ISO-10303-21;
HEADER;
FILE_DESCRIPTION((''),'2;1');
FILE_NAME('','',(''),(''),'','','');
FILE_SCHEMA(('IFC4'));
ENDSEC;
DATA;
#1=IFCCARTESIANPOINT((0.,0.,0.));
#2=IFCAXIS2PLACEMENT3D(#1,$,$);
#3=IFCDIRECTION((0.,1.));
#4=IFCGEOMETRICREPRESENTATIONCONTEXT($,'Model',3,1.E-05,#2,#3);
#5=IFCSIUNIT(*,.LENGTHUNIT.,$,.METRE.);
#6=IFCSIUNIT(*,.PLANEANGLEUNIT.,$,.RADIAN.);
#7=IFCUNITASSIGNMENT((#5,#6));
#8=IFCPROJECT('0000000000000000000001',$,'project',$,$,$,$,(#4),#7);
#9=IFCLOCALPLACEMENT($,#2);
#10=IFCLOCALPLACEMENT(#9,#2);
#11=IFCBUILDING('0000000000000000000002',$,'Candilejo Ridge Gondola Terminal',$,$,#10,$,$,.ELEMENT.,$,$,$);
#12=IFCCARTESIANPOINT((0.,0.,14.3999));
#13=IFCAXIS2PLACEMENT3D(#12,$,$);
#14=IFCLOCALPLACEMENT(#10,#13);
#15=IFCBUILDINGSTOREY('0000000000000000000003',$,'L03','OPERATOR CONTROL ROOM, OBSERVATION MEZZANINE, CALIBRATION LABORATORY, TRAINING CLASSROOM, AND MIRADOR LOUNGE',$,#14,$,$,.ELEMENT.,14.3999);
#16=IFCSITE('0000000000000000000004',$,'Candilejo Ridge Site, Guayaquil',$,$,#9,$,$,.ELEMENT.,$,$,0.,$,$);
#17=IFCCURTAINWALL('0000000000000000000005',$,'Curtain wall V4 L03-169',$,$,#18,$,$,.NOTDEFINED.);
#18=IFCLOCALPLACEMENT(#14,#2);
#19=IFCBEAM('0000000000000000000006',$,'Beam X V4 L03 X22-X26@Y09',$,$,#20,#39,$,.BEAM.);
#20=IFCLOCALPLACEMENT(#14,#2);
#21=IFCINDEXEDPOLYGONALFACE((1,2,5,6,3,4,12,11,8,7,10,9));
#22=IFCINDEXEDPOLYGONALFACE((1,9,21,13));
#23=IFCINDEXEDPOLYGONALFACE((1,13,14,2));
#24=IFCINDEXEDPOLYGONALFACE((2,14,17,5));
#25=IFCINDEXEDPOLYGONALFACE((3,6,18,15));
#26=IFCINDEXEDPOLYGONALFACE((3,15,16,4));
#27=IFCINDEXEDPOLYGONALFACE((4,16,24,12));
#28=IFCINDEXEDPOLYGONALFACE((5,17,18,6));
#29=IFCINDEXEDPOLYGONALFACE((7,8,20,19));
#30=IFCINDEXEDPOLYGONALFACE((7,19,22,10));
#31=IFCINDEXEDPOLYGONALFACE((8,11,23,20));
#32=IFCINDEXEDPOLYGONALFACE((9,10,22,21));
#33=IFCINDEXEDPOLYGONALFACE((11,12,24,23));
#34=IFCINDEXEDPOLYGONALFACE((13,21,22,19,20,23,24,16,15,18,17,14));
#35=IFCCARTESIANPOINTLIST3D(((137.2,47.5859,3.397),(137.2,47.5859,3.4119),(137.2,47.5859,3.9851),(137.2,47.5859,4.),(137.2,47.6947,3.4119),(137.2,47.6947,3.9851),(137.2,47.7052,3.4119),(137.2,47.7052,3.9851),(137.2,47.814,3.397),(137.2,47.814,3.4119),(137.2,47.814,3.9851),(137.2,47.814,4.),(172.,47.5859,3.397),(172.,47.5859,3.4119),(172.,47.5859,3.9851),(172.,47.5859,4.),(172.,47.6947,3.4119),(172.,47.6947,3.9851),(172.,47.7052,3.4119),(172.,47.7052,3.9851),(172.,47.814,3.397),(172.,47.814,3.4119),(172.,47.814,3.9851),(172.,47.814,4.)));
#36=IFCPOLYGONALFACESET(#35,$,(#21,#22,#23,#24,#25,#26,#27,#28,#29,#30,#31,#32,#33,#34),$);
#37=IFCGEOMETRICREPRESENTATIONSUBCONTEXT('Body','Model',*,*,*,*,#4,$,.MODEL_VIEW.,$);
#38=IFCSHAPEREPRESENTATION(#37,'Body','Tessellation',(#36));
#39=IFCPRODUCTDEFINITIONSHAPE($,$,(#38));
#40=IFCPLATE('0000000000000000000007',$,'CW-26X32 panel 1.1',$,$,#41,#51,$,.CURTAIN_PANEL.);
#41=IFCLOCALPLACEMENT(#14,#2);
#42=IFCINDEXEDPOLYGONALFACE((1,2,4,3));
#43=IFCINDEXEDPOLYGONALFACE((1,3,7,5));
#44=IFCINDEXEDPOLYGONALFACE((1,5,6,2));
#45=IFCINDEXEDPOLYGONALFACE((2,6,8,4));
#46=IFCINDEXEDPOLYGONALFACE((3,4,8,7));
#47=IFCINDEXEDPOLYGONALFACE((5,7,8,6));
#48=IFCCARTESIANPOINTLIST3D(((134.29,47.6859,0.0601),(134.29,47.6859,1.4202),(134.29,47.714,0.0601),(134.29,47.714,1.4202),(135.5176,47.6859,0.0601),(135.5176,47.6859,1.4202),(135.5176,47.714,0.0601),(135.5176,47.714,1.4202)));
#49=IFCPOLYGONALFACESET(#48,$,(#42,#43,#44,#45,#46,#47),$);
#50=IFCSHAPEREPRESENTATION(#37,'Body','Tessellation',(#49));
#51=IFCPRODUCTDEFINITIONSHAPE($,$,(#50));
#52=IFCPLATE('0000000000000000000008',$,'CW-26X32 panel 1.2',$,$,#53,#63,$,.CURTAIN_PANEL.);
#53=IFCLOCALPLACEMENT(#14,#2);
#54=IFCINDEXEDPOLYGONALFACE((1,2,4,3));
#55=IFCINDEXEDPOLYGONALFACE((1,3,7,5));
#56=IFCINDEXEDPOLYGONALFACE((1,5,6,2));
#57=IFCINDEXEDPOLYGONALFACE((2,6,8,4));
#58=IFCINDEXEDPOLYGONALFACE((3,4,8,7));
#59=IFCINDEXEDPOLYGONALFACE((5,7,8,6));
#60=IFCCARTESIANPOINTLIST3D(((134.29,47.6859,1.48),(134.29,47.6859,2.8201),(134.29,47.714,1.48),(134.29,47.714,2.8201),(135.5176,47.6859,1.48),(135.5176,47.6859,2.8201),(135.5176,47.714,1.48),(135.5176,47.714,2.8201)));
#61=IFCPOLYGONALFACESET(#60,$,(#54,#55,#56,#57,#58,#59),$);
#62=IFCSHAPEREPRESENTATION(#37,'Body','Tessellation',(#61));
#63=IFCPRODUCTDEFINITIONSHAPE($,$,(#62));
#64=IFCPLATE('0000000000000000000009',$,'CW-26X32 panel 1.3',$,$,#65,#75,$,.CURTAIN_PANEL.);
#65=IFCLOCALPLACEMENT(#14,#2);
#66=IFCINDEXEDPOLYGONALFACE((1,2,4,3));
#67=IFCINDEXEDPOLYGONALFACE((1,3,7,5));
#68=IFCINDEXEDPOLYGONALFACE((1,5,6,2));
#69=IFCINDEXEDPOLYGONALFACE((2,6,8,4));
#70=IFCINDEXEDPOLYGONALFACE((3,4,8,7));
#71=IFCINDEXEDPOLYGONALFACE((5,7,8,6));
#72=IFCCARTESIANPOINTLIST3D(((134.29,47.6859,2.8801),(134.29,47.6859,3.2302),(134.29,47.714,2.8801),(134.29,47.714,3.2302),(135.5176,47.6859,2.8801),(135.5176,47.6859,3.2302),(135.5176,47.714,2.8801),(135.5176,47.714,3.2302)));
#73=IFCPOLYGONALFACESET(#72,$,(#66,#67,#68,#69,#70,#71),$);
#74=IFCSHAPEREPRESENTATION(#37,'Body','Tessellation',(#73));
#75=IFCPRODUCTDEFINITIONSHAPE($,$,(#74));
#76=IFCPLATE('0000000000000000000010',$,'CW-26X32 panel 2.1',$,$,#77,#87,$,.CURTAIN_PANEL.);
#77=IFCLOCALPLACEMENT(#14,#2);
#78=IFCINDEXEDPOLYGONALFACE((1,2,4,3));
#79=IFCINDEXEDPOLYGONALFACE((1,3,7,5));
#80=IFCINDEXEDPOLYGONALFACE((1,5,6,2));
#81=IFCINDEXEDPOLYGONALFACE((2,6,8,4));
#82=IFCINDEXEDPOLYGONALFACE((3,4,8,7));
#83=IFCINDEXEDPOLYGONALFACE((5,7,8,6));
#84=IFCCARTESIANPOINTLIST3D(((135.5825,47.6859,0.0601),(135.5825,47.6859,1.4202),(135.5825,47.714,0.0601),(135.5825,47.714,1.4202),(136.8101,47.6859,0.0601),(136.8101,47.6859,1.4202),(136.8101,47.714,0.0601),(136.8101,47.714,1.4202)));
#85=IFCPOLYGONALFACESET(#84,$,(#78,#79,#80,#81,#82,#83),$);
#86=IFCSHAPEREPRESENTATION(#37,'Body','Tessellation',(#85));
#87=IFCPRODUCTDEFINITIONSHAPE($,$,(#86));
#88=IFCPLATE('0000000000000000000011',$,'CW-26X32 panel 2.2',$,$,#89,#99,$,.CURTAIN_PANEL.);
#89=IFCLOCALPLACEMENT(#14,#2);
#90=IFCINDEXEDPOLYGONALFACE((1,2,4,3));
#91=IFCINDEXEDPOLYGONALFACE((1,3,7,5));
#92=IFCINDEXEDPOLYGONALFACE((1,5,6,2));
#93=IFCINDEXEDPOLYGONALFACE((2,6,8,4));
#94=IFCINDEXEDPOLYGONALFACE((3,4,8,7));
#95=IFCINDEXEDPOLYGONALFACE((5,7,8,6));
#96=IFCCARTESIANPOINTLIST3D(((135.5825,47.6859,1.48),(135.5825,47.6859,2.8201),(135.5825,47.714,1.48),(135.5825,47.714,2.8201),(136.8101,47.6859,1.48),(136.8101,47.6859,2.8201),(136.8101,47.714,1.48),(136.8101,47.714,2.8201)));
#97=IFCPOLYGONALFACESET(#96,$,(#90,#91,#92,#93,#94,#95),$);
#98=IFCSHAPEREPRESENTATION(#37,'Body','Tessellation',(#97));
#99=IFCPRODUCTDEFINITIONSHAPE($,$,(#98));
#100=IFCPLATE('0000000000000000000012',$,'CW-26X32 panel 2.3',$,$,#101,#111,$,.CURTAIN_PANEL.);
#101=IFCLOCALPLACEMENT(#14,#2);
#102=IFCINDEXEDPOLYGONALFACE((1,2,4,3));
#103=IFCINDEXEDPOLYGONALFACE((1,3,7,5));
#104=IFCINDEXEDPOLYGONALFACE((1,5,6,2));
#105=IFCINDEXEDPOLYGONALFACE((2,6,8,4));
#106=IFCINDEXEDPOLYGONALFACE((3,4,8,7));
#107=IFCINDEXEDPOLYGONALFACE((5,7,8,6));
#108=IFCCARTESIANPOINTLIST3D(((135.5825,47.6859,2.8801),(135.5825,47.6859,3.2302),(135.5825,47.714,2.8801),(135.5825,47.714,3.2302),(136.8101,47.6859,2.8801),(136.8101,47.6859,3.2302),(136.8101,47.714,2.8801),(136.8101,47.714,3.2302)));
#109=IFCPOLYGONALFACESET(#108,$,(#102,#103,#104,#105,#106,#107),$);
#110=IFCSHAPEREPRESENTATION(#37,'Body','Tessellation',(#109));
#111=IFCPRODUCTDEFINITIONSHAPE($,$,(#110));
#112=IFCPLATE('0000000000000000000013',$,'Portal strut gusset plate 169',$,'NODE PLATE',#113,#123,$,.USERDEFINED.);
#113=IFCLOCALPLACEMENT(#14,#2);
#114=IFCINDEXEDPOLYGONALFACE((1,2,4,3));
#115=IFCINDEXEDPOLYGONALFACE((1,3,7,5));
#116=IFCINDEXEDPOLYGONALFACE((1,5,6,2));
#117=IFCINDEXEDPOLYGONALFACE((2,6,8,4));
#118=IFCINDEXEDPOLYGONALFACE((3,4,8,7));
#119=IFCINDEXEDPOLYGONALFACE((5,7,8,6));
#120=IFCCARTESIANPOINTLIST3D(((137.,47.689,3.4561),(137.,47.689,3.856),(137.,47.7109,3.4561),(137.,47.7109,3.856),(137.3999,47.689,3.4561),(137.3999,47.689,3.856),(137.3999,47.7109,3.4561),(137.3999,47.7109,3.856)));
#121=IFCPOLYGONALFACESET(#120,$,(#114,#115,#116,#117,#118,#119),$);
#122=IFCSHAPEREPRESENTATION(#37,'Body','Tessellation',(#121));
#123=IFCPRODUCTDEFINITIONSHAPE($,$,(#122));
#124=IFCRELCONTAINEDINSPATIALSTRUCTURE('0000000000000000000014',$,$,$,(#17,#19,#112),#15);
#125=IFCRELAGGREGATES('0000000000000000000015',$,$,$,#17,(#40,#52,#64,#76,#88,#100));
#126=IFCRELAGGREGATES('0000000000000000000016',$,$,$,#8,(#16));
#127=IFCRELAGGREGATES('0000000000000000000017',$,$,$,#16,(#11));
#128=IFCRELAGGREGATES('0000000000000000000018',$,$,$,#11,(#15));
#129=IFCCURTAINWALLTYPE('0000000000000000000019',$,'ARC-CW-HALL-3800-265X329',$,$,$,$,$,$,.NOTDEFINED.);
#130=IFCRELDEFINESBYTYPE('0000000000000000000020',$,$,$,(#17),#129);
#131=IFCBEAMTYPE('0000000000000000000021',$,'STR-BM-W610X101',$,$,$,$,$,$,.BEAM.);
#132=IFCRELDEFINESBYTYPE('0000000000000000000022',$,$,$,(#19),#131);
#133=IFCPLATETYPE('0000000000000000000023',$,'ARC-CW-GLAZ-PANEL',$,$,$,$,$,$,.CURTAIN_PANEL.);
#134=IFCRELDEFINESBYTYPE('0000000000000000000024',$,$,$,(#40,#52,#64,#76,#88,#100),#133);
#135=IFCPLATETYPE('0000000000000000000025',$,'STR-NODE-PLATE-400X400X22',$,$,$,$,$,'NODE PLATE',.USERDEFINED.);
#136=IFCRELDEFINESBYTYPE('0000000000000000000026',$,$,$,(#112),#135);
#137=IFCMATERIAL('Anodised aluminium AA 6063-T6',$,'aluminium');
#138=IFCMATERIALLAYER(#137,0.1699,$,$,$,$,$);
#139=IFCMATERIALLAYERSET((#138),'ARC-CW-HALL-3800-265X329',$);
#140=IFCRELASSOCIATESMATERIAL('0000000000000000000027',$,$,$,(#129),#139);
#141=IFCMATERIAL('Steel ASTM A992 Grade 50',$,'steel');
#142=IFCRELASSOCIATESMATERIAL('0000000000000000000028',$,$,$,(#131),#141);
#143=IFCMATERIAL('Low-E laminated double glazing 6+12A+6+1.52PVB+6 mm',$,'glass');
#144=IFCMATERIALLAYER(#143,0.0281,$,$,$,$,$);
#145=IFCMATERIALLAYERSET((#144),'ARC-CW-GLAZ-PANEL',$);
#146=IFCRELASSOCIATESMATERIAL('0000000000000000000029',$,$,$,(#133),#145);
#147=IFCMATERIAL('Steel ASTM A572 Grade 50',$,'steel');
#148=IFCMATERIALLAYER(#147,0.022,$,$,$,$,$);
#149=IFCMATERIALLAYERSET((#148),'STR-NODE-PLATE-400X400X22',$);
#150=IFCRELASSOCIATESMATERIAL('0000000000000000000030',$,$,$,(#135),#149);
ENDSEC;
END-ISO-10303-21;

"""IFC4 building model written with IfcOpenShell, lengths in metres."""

from ifc_helpers import new_model, si_unit, direction, frame, origin, origin_2d, place, context, subcontext, project, spatial, rectangle, i_section, extrude, material, layer, layer_set, material_profile, profile_set, type_object, element, aggregate, save


model = new_model("IFC4")

# Units and contexts
model_context = context("Model", 3, precision=1e-05, world=origin(), true_north=direction((0.0, 1.0)))
body_context = subcontext(model_context, "Body", "Model", "MODEL_VIEW")
ifc_project = project(units=[si_unit("LENGTHUNIT", "METRE"), si_unit("PLANEANGLEUNIT", "RADIAN")], contexts=[model_context])

# Site, building, storey
site_placement = place(None, origin())
site = spatial("IfcSite", under=ifc_project, at=site_placement, Name="Candilejo Ridge Site, Guayaquil", CompositionType="ELEMENT", RefElevation=0.0)
building_placement = place(site_placement, origin())
building = spatial("IfcBuilding", under=site, at=building_placement, Name="Candilejo Ridge Gondola Terminal", CompositionType="ELEMENT")
storey_placement = place(building_placement, frame((0.0, 0.0, 14.3999)))
storey = spatial("IfcBuildingStorey", under=building, at=storey_placement, Name="L03", Description="OPERATOR CONTROL ROOM, OBSERVATION MEZZANINE, CALIBRATION LABORATORY, TRAINING CLASSROOM, AND MIRADOR LOUNGE", CompositionType="ELEMENT", Elevation=14.3999)

# Curtain wall
ifc_material_1 = material(Name="Anodised aluminium AA 6063-T6", Category="aluminium")
ifc_layer_1 = layer(ifc_material_1, 0.1699)
ifc_layer_set_1 = layer_set([ifc_layer_1], Name="ARC-CW-HALL-3800-265X329")
curtain_wall_type_1 = type_object("IfcCurtainWallType", Name="ARC-CW-HALL-3800-265X329", PredefinedType="NOTDEFINED", material=ifc_layer_set_1)
curtain_wall_1_placement = place(storey_placement, origin())
curtain_wall_1 = element("IfcCurtainWall", 1, at=curtain_wall_1_placement, inside=storey, type_object=curtain_wall_type_1, Name="Curtain wall V4 L03-169", PredefinedType="NOTDEFINED")

# Beam
ifc_material_2 = material(Name="Steel ASTM A992 Grade 50", Category="steel")
ifc_material_profile_1 = material_profile(ifc_material_2, i_section(OverallWidth=0.228, OverallDepth=0.603, WebThickness=0.0105, FlangeThickness=0.0149, at=origin_2d()))
ifc_profile_set_1 = profile_set([ifc_material_profile_1], Name="Steel ASTM A992 Grade 50")
beam_type = type_object("IfcBeamType", Name="STR-BM-W610X101", PredefinedType="BEAM", material=ifc_profile_set_1)
beam_placement = place(storey_placement, frame((137.2, 47.7, 3.6985), z_axis=(1.0, 0.0, 0.0), x_axis=(0.0, 1.0, 0.0)))
element("IfcBeam", 2, at=beam_placement, inside=storey, type_object=beam_type, Name="Beam X V4 L03 X22-X26@Y09", PredefinedType="BEAM", context=body_context, shape_type="SweptSolid", body=[
    extrude(i_section(OverallWidth=0.228, OverallDepth=0.603, WebThickness=0.0105, FlangeThickness=0.0149, at=origin_2d()), origin(), (0.0, 0.0, 1.0), 34.8),
])

# Plates
ifc_material_3 = material(Name="Low-E laminated double glazing 6+12A+6+1.52PVB+6 mm", Category="glass")
ifc_layer_2 = layer(ifc_material_3, 0.0281)
ifc_layer_set_2 = layer_set([ifc_layer_2], Name="ARC-CW-GLAZ-PANEL")
plate_type_1 = type_object("IfcPlateType", Name="ARC-CW-GLAZ-PANEL", PredefinedType="CURTAIN_PANEL", material=ifc_layer_set_2)
plate_1_placement = place(storey_placement, frame((134.9038, 47.7, 0.0601), z_axis=(0.0, 0.0, 1.0), x_axis=(1.0, 0.0, 0.0)))
plate_1 = element("IfcPlate", 3, at=plate_1_placement, type_object=plate_type_1, Name="CW-26X32 panel 1.1", PredefinedType="CURTAIN_PANEL", context=body_context, shape_type="SweptSolid", body=[
    extrude(rectangle(XDim=1.2275, YDim=0.0281, at=origin_2d()), origin(), (0.0, 0.0, 1.0), 1.3601),
])
plate_2_placement = place(storey_placement, frame((134.9038, 47.7, 1.48), z_axis=(0.0, 0.0, 1.0), x_axis=(1.0, 0.0, 0.0)))
plate_2 = element("IfcPlate", 4, at=plate_2_placement, type_object=plate_type_1, Name="CW-26X32 panel 1.2", PredefinedType="CURTAIN_PANEL", context=body_context, shape_type="SweptSolid", body=[
    extrude(rectangle(XDim=1.2275, YDim=0.0281, at=origin_2d()), origin(), (0.0, 0.0, 1.0), 1.3401),
])
plate_3_placement = place(storey_placement, frame((134.9038, 47.7, 2.8801), z_axis=(0.0, 0.0, 1.0), x_axis=(1.0, 0.0, 0.0)))
plate_3 = element("IfcPlate", 5, at=plate_3_placement, type_object=plate_type_1, Name="CW-26X32 panel 1.3", PredefinedType="CURTAIN_PANEL", context=body_context, shape_type="SweptSolid", body=[
    extrude(rectangle(XDim=1.2275, YDim=0.0281, at=origin_2d()), origin(), (0.0, 0.0, 1.0), 0.3501),
])
plate_4_placement = place(storey_placement, frame((136.1963, 47.7, 0.0601), z_axis=(0.0, 0.0, 1.0), x_axis=(1.0, 0.0, 0.0)))
plate_4 = element("IfcPlate", 6, at=plate_4_placement, type_object=plate_type_1, Name="CW-26X32 panel 2.1", PredefinedType="CURTAIN_PANEL", context=body_context, shape_type="SweptSolid", body=[
    extrude(rectangle(XDim=1.2275, YDim=0.0281, at=origin_2d()), origin(), (0.0, 0.0, 1.0), 1.3601),
])
plate_5_placement = place(storey_placement, frame((136.1963, 47.7, 1.48), z_axis=(0.0, 0.0, 1.0), x_axis=(1.0, 0.0, 0.0)))
plate_5 = element("IfcPlate", 7, at=plate_5_placement, type_object=plate_type_1, Name="CW-26X32 panel 2.2", PredefinedType="CURTAIN_PANEL", context=body_context, shape_type="SweptSolid", body=[
    extrude(rectangle(XDim=1.2275, YDim=0.0281, at=origin_2d()), origin(), (0.0, 0.0, 1.0), 1.3401),
])
plate_6_placement = place(storey_placement, frame((136.1963, 47.7, 2.8801), z_axis=(0.0, 0.0, 1.0), x_axis=(1.0, 0.0, 0.0)))
plate_6 = element("IfcPlate", 8, at=plate_6_placement, type_object=plate_type_1, Name="CW-26X32 panel 2.3", PredefinedType="CURTAIN_PANEL", context=body_context, shape_type="SweptSolid", body=[
    extrude(rectangle(XDim=1.2275, YDim=0.0281, at=origin_2d()), origin(), (0.0, 0.0, 1.0), 0.3501),
])
aggregate(curtain_wall_1, [plate_1, plate_2, plate_3, plate_4, plate_5, plate_6])
ifc_material_4 = material(Name="Steel ASTM A572 Grade 50", Category="steel")
ifc_layer_3 = layer(ifc_material_4, 0.022)
ifc_layer_set_3 = layer_set([ifc_layer_3], Name="STR-NODE-PLATE-400X400X22")
plate_type_2 = type_object("IfcPlateType", Name="STR-NODE-PLATE-400X400X22", ElementType="NODE PLATE", PredefinedType="USERDEFINED", material=ifc_layer_set_3)
plate_7_placement = place(storey_placement, frame((137.2, 47.7, 3.4561), z_axis=(0.0, 0.0, 1.0), x_axis=(1.0, 0.0, 0.0)))
element("IfcPlate", 9, at=plate_7_placement, inside=storey, type_object=plate_type_2, Name="Portal strut gusset plate 169", ObjectType="NODE PLATE", PredefinedType="USERDEFINED", context=body_context, shape_type="SweptSolid", body=[
    extrude(rectangle(XDim=0.3999, YDim=0.022, at=origin_2d()), origin(), (0.0, 0.0, 1.0), 0.3999),
])

save(model, "model.ifc")
